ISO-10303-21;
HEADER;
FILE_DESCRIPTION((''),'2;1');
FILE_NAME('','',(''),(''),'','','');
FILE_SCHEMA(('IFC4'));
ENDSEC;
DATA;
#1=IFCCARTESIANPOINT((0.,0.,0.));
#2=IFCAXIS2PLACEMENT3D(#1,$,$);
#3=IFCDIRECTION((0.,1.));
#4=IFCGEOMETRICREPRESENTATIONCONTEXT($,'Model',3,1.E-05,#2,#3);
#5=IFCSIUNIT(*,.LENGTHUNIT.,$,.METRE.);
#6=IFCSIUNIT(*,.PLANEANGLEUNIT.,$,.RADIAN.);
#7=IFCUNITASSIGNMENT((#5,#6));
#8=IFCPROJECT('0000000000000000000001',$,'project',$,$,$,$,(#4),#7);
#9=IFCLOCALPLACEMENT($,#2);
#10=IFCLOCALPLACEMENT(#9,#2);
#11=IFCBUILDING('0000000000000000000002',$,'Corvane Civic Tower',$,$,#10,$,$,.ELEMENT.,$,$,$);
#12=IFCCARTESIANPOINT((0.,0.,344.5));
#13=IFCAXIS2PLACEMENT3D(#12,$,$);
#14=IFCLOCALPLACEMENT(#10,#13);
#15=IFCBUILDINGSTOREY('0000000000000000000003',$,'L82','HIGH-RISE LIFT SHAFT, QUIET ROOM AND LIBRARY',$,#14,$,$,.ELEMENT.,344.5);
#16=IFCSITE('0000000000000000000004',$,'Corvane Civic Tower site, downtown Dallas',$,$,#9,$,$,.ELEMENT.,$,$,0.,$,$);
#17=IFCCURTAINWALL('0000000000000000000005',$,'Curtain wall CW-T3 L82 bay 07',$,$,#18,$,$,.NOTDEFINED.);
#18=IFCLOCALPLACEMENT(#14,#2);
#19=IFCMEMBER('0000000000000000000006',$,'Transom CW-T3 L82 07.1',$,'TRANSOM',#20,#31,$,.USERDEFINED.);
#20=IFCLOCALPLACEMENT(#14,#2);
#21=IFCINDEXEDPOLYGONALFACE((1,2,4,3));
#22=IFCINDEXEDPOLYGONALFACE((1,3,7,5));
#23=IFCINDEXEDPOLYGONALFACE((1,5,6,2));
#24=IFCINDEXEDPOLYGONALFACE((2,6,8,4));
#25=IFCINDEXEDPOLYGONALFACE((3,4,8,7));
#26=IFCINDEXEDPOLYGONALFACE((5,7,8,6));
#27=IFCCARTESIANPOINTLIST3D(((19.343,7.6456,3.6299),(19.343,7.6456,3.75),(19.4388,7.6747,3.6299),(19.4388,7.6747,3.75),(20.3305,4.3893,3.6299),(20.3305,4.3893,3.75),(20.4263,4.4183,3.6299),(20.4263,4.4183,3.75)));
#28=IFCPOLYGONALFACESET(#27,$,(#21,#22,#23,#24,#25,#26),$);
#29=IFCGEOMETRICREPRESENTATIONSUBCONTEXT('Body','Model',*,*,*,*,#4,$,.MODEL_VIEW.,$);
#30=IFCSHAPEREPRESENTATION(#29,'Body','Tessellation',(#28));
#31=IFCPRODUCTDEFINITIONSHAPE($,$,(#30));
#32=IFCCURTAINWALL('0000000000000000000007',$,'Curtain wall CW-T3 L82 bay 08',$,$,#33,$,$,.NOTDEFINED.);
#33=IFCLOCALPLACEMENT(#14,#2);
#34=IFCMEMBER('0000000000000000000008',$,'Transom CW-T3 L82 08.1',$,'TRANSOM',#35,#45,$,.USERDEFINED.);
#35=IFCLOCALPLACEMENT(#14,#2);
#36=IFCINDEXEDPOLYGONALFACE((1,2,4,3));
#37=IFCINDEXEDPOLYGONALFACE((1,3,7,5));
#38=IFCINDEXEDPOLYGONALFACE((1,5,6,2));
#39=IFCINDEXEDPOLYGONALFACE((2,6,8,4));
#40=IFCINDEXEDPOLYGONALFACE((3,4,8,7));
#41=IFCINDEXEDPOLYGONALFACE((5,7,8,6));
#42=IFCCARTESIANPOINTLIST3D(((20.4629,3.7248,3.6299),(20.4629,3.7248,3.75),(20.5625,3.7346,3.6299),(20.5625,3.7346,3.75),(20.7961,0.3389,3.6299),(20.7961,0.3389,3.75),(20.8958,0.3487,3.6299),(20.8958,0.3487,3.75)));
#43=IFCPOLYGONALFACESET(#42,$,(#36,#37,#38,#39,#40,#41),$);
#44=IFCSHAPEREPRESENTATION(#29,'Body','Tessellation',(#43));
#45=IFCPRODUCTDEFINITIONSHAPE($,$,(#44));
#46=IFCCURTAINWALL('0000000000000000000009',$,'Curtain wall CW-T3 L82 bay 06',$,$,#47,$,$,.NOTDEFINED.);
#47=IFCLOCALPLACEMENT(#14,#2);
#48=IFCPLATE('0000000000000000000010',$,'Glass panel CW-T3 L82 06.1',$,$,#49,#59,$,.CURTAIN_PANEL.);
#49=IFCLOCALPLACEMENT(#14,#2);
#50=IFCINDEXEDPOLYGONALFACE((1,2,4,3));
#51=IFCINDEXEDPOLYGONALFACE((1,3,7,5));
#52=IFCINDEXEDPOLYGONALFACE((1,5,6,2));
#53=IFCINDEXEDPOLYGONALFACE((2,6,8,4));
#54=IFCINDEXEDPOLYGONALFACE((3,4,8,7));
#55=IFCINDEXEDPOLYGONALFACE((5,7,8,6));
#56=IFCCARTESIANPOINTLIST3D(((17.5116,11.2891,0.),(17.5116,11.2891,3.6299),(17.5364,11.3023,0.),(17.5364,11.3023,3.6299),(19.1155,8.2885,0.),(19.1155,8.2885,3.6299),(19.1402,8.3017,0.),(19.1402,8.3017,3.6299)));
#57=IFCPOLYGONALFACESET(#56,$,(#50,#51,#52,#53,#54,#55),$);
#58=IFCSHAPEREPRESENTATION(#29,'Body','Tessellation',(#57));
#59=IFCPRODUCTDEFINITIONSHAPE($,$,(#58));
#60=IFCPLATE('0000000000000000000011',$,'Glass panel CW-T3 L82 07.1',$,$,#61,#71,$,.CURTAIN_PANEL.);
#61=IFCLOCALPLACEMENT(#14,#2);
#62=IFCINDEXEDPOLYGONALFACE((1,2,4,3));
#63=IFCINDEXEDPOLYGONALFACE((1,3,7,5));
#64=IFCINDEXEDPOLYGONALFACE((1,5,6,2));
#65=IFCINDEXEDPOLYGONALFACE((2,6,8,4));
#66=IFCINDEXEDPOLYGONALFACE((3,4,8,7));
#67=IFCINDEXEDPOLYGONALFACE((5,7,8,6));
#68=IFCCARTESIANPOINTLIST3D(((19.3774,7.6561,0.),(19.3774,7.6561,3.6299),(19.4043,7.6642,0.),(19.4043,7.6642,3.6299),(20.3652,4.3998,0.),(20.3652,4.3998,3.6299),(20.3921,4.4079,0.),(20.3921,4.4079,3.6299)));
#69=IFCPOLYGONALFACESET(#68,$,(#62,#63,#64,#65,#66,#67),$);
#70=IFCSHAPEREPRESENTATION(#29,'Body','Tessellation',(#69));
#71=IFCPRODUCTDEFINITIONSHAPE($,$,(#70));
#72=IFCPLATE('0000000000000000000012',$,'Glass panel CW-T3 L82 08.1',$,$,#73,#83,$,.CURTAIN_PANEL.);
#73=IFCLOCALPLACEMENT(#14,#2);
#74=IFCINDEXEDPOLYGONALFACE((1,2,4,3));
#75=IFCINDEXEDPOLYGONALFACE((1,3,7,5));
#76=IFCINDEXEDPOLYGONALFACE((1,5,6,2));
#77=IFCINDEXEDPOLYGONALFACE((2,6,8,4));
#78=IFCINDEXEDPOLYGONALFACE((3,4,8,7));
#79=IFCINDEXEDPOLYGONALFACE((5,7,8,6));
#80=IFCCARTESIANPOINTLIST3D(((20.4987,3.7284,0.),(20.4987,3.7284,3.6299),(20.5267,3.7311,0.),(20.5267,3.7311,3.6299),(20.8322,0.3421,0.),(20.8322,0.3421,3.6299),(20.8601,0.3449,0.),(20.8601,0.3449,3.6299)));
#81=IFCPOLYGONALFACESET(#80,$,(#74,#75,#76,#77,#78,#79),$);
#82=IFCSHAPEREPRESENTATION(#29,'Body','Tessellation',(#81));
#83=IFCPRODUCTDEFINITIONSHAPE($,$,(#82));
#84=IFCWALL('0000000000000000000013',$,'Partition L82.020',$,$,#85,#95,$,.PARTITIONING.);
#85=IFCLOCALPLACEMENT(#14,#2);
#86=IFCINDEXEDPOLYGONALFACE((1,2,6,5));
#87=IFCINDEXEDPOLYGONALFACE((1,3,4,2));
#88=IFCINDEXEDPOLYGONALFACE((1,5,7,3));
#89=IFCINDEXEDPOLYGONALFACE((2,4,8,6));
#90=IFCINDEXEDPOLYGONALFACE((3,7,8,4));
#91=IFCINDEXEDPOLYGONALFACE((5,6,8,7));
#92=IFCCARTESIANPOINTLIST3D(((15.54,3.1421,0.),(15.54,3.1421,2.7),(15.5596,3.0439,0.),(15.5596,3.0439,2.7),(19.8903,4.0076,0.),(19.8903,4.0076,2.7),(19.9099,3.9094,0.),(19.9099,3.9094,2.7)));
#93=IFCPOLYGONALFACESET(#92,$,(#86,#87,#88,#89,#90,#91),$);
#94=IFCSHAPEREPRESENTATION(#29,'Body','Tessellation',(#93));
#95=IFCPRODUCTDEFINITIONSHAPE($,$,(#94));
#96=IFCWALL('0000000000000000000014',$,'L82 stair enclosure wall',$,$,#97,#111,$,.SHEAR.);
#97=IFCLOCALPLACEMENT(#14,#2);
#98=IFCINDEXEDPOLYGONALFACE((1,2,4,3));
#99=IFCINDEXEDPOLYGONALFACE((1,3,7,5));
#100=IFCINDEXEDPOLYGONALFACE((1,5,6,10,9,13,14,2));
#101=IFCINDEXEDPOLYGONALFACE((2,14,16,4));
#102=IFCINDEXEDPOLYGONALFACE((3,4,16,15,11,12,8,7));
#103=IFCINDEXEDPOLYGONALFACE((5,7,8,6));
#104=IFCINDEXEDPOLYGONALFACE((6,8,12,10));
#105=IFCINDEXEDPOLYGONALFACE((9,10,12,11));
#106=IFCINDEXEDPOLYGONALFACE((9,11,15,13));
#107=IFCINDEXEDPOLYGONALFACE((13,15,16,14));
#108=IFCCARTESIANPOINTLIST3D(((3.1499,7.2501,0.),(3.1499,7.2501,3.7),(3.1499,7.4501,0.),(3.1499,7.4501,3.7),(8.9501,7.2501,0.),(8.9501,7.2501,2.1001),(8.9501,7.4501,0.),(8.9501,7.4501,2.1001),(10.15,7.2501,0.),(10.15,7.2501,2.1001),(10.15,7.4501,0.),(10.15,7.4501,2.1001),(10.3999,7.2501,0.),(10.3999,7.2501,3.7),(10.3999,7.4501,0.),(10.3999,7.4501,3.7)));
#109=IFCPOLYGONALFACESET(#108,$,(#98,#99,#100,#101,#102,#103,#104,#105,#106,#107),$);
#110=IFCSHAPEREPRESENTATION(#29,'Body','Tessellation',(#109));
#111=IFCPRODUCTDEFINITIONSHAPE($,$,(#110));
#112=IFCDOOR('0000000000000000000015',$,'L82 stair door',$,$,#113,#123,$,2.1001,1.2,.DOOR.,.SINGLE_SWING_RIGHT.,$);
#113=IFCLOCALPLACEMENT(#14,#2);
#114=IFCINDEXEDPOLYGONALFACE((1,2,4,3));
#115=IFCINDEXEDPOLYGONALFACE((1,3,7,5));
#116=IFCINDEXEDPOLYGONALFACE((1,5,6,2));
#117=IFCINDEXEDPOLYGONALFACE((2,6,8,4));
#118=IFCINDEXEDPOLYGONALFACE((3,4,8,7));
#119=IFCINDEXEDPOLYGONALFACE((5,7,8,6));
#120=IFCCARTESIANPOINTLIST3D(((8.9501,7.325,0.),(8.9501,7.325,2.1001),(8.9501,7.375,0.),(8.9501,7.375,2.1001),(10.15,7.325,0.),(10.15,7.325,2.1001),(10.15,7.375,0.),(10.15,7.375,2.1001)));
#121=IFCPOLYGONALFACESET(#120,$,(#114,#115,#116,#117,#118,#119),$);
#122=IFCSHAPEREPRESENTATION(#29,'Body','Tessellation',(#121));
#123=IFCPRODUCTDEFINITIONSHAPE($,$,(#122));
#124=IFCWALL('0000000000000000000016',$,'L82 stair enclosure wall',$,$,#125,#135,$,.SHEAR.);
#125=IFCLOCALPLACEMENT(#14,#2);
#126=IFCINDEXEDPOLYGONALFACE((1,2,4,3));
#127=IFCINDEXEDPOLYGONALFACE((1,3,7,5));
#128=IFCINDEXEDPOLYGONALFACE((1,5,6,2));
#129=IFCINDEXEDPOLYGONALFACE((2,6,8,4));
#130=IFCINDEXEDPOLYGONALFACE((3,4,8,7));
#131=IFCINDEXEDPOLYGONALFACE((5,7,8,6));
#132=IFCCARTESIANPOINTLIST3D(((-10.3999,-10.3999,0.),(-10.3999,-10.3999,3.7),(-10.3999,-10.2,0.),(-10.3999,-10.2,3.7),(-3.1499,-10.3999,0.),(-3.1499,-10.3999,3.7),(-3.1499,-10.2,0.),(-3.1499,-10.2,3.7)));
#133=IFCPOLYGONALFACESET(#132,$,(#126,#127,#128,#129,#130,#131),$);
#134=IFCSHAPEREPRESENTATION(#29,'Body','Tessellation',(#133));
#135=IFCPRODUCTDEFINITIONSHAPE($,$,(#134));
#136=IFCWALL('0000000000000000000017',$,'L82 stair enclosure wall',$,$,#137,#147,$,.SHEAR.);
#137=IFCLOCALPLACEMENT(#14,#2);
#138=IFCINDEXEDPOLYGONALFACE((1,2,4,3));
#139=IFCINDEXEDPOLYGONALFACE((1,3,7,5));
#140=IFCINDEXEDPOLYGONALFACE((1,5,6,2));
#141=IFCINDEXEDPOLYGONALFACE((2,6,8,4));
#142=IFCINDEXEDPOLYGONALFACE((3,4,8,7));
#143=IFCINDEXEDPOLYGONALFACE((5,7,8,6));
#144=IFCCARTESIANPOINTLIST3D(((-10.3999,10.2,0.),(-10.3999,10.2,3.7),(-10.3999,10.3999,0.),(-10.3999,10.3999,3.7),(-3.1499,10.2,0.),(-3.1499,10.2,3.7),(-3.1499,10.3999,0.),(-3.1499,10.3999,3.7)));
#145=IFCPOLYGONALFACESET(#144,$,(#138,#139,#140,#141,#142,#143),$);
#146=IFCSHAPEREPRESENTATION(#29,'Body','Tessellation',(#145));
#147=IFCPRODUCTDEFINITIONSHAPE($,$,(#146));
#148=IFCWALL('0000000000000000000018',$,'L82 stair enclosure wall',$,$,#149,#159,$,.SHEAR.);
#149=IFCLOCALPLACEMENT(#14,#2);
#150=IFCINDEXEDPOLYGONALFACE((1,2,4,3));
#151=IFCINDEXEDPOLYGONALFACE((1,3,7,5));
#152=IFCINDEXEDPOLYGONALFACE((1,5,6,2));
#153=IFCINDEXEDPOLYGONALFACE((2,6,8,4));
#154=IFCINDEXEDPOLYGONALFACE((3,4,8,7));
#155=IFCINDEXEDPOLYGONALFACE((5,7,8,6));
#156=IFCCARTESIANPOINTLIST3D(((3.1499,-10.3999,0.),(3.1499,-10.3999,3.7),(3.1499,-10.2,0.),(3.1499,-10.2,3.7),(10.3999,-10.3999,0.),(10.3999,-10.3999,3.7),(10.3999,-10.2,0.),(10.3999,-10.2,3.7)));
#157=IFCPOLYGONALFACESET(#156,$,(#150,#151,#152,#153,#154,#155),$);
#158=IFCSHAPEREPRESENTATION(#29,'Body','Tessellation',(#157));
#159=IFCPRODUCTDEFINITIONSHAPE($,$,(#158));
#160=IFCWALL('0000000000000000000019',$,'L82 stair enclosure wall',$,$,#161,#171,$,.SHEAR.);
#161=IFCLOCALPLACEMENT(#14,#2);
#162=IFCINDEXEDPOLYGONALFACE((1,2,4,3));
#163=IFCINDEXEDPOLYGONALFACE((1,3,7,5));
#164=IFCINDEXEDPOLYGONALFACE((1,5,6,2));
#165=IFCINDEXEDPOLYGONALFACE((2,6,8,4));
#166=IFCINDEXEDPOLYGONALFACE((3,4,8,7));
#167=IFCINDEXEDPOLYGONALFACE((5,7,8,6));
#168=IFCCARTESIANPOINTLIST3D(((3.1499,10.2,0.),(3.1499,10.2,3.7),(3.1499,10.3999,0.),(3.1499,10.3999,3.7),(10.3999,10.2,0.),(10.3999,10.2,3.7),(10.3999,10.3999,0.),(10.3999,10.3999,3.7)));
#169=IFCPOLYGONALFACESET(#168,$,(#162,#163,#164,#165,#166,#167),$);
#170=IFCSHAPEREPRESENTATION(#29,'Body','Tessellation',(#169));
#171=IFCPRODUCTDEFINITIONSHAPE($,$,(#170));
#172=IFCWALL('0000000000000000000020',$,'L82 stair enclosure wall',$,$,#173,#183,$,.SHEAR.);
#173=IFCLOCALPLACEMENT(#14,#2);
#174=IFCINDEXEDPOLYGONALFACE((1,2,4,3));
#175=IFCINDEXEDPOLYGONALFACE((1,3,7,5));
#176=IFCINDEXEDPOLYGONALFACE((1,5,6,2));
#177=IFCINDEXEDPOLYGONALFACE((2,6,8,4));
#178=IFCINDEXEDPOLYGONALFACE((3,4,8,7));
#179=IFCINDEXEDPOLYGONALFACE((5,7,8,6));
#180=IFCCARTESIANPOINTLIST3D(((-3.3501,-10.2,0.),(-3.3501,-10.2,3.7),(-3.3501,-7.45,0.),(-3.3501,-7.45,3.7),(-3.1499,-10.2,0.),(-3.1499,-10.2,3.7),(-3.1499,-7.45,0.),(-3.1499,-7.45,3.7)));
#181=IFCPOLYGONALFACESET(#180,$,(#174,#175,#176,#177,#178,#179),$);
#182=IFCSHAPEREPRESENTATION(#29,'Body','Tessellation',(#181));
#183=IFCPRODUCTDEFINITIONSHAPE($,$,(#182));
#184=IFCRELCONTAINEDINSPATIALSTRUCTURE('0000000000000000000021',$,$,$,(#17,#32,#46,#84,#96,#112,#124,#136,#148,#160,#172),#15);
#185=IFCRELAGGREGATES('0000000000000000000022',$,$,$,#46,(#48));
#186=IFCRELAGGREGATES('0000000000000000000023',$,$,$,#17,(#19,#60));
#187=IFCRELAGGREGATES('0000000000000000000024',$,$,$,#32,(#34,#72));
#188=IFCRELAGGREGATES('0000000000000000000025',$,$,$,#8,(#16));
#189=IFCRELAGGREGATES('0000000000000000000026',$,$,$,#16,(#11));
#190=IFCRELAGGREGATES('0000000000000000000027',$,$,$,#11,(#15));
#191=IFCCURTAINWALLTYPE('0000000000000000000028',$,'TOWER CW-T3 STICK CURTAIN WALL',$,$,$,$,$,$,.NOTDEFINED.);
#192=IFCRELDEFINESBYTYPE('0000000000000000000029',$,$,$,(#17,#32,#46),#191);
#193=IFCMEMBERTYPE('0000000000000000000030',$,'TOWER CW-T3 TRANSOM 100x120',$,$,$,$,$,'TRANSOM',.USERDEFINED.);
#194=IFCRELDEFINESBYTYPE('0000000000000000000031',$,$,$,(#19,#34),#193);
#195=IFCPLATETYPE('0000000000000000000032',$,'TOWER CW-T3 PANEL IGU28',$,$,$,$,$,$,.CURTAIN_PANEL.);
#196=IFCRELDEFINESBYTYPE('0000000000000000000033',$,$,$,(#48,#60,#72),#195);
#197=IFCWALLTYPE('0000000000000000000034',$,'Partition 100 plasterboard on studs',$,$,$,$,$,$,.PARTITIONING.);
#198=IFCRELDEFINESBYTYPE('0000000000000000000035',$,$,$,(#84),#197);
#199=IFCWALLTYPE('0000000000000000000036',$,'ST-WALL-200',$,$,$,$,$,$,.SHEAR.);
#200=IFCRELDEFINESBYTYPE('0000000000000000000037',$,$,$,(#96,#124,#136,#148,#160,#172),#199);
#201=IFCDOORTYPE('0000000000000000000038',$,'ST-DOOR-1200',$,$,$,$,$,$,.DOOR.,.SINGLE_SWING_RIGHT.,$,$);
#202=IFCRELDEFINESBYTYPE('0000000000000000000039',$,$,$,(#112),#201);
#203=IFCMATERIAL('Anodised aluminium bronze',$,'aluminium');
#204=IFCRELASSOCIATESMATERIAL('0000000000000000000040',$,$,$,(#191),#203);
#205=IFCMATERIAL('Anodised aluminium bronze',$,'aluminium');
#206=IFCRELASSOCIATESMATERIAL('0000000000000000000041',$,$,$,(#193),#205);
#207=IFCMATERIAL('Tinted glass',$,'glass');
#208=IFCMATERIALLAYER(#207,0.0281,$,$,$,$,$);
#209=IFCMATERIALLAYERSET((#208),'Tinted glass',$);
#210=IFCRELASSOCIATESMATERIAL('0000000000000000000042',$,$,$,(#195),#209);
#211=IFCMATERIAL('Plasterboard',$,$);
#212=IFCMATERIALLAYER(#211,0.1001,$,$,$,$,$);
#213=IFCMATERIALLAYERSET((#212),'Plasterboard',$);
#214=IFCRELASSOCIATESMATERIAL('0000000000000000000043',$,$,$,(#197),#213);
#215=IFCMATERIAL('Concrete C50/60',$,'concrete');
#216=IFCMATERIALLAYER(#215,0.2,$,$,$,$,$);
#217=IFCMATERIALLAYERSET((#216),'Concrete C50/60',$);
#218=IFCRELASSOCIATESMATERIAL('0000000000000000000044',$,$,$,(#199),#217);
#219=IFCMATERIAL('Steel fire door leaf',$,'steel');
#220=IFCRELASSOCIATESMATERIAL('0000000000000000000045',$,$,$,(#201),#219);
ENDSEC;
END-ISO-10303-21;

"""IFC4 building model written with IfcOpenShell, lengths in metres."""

from ifc_helpers import new_model, si_unit, direction, frame, frame_2d, origin, origin_2d, place, context, subcontext, project, spatial, polyline, rectangle, outline, extrude, material, layer, layer_set, material_profile, profile_set, type_object, element, fill, aggregate, save


model = new_model("IFC4")

# Units and contexts
model_context = context("Model", 3, precision=1e-05, world=origin(), true_north=direction((0.0, 1.0)))
body_context = subcontext(model_context, "Body", "Model", "MODEL_VIEW")
ifc_project = project(units=[si_unit("LENGTHUNIT", "METRE"), si_unit("PLANEANGLEUNIT", "RADIAN")], contexts=[model_context])

# Site, building, storey
site_placement = place(None, origin())
site = spatial("IfcSite", under=ifc_project, at=site_placement, Name="Corvane Civic Tower site, downtown Dallas", CompositionType="ELEMENT", RefElevation=0.0)
building_placement = place(site_placement, origin())
building = spatial("IfcBuilding", under=site, at=building_placement, Name="Corvane Civic Tower", CompositionType="ELEMENT")
storey_placement = place(building_placement, frame((0.0, 0.0, 344.5)))
storey = spatial("IfcBuildingStorey", under=building, at=storey_placement, Name="L82", Description="HIGH-RISE LIFT SHAFT, QUIET ROOM AND LIBRARY", CompositionType="ELEMENT", Elevation=344.5)

# Curtain walls, members
ifc_material_1 = material(Name="Anodised aluminium bronze", Category="aluminium")
curtain_wall_type = type_object("IfcCurtainWallType", Name="TOWER CW-T3 STICK CURTAIN WALL", PredefinedType="NOTDEFINED", material=ifc_material_1)
curtain_wall_1_placement = place(storey_placement, origin())
curtain_wall_1 = element("IfcCurtainWall", 1, at=curtain_wall_1_placement, inside=storey, type_object=curtain_wall_type, Name="Curtain wall CW-T3 L82 bay 07", PredefinedType="NOTDEFINED")
ifc_material_2 = material(Name="Anodised aluminium bronze", Category="aluminium")
ifc_material_profile_1 = material_profile(ifc_material_2, rectangle(XDim=0.1001, YDim=0.1201, at=origin_2d()), Name="TOWER CW-T3 TRANSOM 100x120")
ifc_profile_set_1 = profile_set([ifc_material_profile_1], Name="Anodised aluminium bronze")
member_type = type_object("IfcMemberType", Name="TOWER CW-T3 TRANSOM 100x120", ElementType="TRANSOM", PredefinedType="USERDEFINED", material=ifc_profile_set_1)
member_1_placement = place(storey_placement, frame((19.3909, 7.6602, 3.6899), z_axis=(0.290216, -0.956961, 0.0), x_axis=(0.956961, 0.290216, 0.0)))
member_1 = element("IfcMember", 2, at=member_1_placement, type_object=member_type, Name="Transom CW-T3 L82 07.1", ObjectType="TRANSOM", PredefinedType="USERDEFINED", context=body_context, shape_type="SweptSolid", body=[
    extrude(rectangle(XDim=0.1001, YDim=0.1201, at=origin_2d()), origin(), (0.0, 0.0, 1.0), 3.4028),
])
curtain_wall_2_placement = place(storey_placement, origin())
curtain_wall_2 = element("IfcCurtainWall", 3, at=curtain_wall_2_placement, inside=storey, type_object=curtain_wall_type, Name="Curtain wall CW-T3 L82 bay 08", PredefinedType="NOTDEFINED")
member_2_placement = place(storey_placement, frame((20.5127, 3.7297, 3.6899), z_axis=(0.097948, -0.995192, 0.0), x_axis=(0.995192, 0.097948, 0.0)))
member_2 = element("IfcMember", 4, at=member_2_placement, type_object=member_type, Name="Transom CW-T3 L82 08.1", ObjectType="TRANSOM", PredefinedType="USERDEFINED", context=body_context, shape_type="SweptSolid", body=[
    extrude(rectangle(XDim=0.1001, YDim=0.1201, at=origin_2d()), origin(), (0.0, 0.0, 1.0), 3.4023),
])

# Curtain wall, plate
curtain_wall_3_placement = place(storey_placement, origin())
curtain_wall_3 = element("IfcCurtainWall", 5, at=curtain_wall_3_placement, inside=storey, type_object=curtain_wall_type, Name="Curtain wall CW-T3 L82 bay 06", PredefinedType="NOTDEFINED")
ifc_material_3 = material(Name="Tinted glass", Category="glass")
ifc_layer_1 = layer(ifc_material_3, 0.0281)
ifc_layer_set_1 = layer_set([ifc_layer_1], Name="Tinted glass")
plate_type = type_object("IfcPlateType", Name="TOWER CW-T3 PANEL IGU28", PredefinedType="CURTAIN_PANEL", material=ifc_layer_set_1)
plate_1_placement = place(storey_placement, frame((18.3259, 9.7954, 0.0), z_axis=(0.0, 0.0, 1.0), x_axis=(0.471384, -0.881928, 0.0)))
plate_1 = element("IfcPlate", 6, at=plate_1_placement, type_object=plate_type, Name="Glass panel CW-T3 L82 06.1", PredefinedType="CURTAIN_PANEL", context=body_context, shape_type="SweptSolid", body=[
    extrude(rectangle(XDim=3.4023, YDim=0.0281, at=origin_2d()), origin(), (0.0, 0.0, 1.0), 3.6299),
])
aggregate(curtain_wall_3, [plate_1])

# Plates
plate_2_placement = place(storey_placement, frame((19.8848, 6.032, 0.0), z_axis=(0.0, 0.0, 1.0), x_axis=(0.29029, -0.956939, 0.0)))
plate_2 = element("IfcPlate", 7, at=plate_2_placement, type_object=plate_type, Name="Glass panel CW-T3 L82 07.1", PredefinedType="CURTAIN_PANEL", context=body_context, shape_type="SweptSolid", body=[
    extrude(rectangle(XDim=3.4028, YDim=0.0281, at=origin_2d()), origin(), (0.0, 0.0, 1.0), 3.6299),
])
aggregate(curtain_wall_1, [member_1, plate_2])
plate_3_placement = place(storey_placement, frame((20.6794, 2.0366, 0.0), z_axis=(0.0, 0.0, 1.0), x_axis=(0.097998, -0.995187, 0.0)))
plate_3 = element("IfcPlate", 8, at=plate_3_placement, type_object=plate_type, Name="Glass panel CW-T3 L82 08.1", PredefinedType="CURTAIN_PANEL", context=body_context, shape_type="SweptSolid", body=[
    extrude(rectangle(XDim=3.4026, YDim=0.0281, at=origin_2d()), origin(), (0.0, 0.0, 1.0), 3.6299),
])
aggregate(curtain_wall_2, [member_2, plate_3])

# Wall
ifc_material_4 = material(Name="Plasterboard")
ifc_layer_2 = layer(ifc_material_4, 0.1001)
ifc_layer_set_2 = layer_set([ifc_layer_2], Name="Plasterboard")
wall_type_1 = type_object("IfcWallType", Name="Partition 100 plasterboard on studs", PredefinedType="PARTITIONING", material=ifc_layer_set_2)
wall_1_placement = place(storey_placement, frame((15.5498, 3.093, 0.0), z_axis=(0.0, 0.0, 1.0), x_axis=(0.980779, 0.195121, 0.0)))
element("IfcWall", 9, at=wall_1_placement, inside=storey, type_object=wall_type_1, Name="Partition L82.020", PredefinedType="PARTITIONING", context=body_context, shape_type="SweptSolid", body=[
    extrude(rectangle(XDim=4.4355, YDim=0.1001, at=frame_2d((2.2178, 0.0))), origin(), (0.0, 0.0, 1.0), 2.7),
])

# Wall, opening, door
ifc_material_5 = material(Name="Concrete C50/60", Category="concrete")
ifc_layer_3 = layer(ifc_material_5, 0.2)
ifc_layer_set_3 = layer_set([ifc_layer_3], Name="Concrete C50/60")
wall_type_2 = type_object("IfcWallType", Name="ST-WALL-200", PredefinedType="SHEAR", material=ifc_layer_set_3)
wall_2_placement = place(storey_placement, frame((3.1499, 7.3501, 0.0), z_axis=(0.0, 0.0, 1.0), x_axis=(1.0, 0.0, 0.0)))
wall_2 = element("IfcWall", 10, at=wall_2_placement, inside=storey, type_object=wall_type_2, Name="L82 stair enclosure wall", PredefinedType="SHEAR", context=body_context, shape_type="SweptSolid", body=[
    extrude(rectangle(XDim=7.25, YDim=0.2, at=frame_2d((3.625, 0.0))), origin(), (0.0, 0.0, 1.0), 3.7),
])
opening_1_placement = place(wall_2_placement, frame((5.8, 0.0, 0.0)))
opening_1 = element("IfcOpeningElement", 11, at=opening_1_placement, cuts=wall_2, PredefinedType="OPENING", context=body_context, shape_type="SweptSolid", body=[
    extrude(rectangle(XDim=1.2, YDim=2.1001, at=frame_2d((0.6001, 1.05))), frame((0.0, 0.1099, 0.0), z_axis=(0.0, -1.0, 0.0), x_axis=(1.0, 0.0, 0.0)), (0.0, 0.0, 1.0), 0.22),
])
ifc_material_6 = material(Name="Steel fire door leaf", Category="steel")
door_type_1 = type_object("IfcDoorType", Name="ST-DOOR-1200", OperationType="SINGLE_SWING_RIGHT", PredefinedType="DOOR", material=ifc_material_6)
door_1_placement = place(opening_1_placement, origin())
door_1 = element("IfcDoor", 12, at=door_1_placement, inside=storey, type_object=door_type_1, Name="L82 stair door", OperationType="SINGLE_SWING_RIGHT", OverallHeight=2.1001, OverallWidth=1.2, PredefinedType="DOOR", context=body_context, shape_type="SweptSolid", body=[
    extrude(rectangle(XDim=1.2, YDim=2.1001, at=frame_2d((0.6001, 1.05))), frame((0.0, 0.0249, 0.0), z_axis=(0.0, -1.0, 0.0), x_axis=(1.0, 0.0, 0.0)), (0.0, 0.0, 1.0), 0.05),
])
fill(opening_1, door_1)

# Walls
wall_3_placement = place(storey_placement, origin())
element("IfcWall", 13, at=wall_3_placement, inside=storey, type_object=wall_type_2, Name="L82 stair enclosure wall", PredefinedType="SHEAR", context=body_context, shape_type="SweptSolid", body=[
    extrude(outline(polyline([(-3.1499, -10.2), (-3.1499, -10.3999), (-10.3999, -10.3999), (-10.3999, -10.2), (-3.1499, -10.2)])), origin(), (0.0, 0.0, 1.0), 3.7),
])
wall_4_placement = place(storey_placement, origin())
element("IfcWall", 14, at=wall_4_placement, inside=storey, type_object=wall_type_2, Name="L82 stair enclosure wall", PredefinedType="SHEAR", context=body_context, shape_type="SweptSolid", body=[
    extrude(outline(polyline([(-3.1499, 10.2), (-10.3999, 10.2), (-10.3999, 10.3999), (-3.1499, 10.3999), (-3.1499, 10.2)])), origin(), (0.0, 0.0, 1.0), 3.7),
])
wall_5_placement = place(storey_placement, origin())
element("IfcWall", 15, at=wall_5_placement, inside=storey, type_object=wall_type_2, Name="L82 stair enclosure wall", PredefinedType="SHEAR", context=body_context, shape_type="SweptSolid", body=[
    extrude(outline(polyline([(10.3999, -10.3999), (3.1499, -10.3999), (3.1499, -10.2), (10.3999, -10.2), (10.3999, -10.3999)])), origin(), (0.0, 0.0, 1.0), 3.7),
])
wall_6_placement = place(storey_placement, origin())
element("IfcWall", 16, at=wall_6_placement, inside=storey, type_object=wall_type_2, Name="L82 stair enclosure wall", PredefinedType="SHEAR", context=body_context, shape_type="SweptSolid", body=[
    extrude(outline(polyline([(10.3999, 10.2), (3.1499, 10.2), (3.1499, 10.3999), (10.3999, 10.3999), (10.3999, 10.2)])), origin(), (0.0, 0.0, 1.0), 3.7),
])
wall_7_placement = place(storey_placement, origin())
element("IfcWall", 17, at=wall_7_placement, inside=storey, type_object=wall_type_2, Name="L82 stair enclosure wall", PredefinedType="SHEAR", context=body_context, shape_type="SweptSolid", body=[
    extrude(outline(polyline([(-3.1499, -7.45), (-3.1499, -10.2), (-3.3501, -10.2), (-3.3501, -7.45), (-3.1499, -7.45)])), origin(), (0.0, 0.0, 1.0), 3.7),
])

save(model, "model.ifc")
